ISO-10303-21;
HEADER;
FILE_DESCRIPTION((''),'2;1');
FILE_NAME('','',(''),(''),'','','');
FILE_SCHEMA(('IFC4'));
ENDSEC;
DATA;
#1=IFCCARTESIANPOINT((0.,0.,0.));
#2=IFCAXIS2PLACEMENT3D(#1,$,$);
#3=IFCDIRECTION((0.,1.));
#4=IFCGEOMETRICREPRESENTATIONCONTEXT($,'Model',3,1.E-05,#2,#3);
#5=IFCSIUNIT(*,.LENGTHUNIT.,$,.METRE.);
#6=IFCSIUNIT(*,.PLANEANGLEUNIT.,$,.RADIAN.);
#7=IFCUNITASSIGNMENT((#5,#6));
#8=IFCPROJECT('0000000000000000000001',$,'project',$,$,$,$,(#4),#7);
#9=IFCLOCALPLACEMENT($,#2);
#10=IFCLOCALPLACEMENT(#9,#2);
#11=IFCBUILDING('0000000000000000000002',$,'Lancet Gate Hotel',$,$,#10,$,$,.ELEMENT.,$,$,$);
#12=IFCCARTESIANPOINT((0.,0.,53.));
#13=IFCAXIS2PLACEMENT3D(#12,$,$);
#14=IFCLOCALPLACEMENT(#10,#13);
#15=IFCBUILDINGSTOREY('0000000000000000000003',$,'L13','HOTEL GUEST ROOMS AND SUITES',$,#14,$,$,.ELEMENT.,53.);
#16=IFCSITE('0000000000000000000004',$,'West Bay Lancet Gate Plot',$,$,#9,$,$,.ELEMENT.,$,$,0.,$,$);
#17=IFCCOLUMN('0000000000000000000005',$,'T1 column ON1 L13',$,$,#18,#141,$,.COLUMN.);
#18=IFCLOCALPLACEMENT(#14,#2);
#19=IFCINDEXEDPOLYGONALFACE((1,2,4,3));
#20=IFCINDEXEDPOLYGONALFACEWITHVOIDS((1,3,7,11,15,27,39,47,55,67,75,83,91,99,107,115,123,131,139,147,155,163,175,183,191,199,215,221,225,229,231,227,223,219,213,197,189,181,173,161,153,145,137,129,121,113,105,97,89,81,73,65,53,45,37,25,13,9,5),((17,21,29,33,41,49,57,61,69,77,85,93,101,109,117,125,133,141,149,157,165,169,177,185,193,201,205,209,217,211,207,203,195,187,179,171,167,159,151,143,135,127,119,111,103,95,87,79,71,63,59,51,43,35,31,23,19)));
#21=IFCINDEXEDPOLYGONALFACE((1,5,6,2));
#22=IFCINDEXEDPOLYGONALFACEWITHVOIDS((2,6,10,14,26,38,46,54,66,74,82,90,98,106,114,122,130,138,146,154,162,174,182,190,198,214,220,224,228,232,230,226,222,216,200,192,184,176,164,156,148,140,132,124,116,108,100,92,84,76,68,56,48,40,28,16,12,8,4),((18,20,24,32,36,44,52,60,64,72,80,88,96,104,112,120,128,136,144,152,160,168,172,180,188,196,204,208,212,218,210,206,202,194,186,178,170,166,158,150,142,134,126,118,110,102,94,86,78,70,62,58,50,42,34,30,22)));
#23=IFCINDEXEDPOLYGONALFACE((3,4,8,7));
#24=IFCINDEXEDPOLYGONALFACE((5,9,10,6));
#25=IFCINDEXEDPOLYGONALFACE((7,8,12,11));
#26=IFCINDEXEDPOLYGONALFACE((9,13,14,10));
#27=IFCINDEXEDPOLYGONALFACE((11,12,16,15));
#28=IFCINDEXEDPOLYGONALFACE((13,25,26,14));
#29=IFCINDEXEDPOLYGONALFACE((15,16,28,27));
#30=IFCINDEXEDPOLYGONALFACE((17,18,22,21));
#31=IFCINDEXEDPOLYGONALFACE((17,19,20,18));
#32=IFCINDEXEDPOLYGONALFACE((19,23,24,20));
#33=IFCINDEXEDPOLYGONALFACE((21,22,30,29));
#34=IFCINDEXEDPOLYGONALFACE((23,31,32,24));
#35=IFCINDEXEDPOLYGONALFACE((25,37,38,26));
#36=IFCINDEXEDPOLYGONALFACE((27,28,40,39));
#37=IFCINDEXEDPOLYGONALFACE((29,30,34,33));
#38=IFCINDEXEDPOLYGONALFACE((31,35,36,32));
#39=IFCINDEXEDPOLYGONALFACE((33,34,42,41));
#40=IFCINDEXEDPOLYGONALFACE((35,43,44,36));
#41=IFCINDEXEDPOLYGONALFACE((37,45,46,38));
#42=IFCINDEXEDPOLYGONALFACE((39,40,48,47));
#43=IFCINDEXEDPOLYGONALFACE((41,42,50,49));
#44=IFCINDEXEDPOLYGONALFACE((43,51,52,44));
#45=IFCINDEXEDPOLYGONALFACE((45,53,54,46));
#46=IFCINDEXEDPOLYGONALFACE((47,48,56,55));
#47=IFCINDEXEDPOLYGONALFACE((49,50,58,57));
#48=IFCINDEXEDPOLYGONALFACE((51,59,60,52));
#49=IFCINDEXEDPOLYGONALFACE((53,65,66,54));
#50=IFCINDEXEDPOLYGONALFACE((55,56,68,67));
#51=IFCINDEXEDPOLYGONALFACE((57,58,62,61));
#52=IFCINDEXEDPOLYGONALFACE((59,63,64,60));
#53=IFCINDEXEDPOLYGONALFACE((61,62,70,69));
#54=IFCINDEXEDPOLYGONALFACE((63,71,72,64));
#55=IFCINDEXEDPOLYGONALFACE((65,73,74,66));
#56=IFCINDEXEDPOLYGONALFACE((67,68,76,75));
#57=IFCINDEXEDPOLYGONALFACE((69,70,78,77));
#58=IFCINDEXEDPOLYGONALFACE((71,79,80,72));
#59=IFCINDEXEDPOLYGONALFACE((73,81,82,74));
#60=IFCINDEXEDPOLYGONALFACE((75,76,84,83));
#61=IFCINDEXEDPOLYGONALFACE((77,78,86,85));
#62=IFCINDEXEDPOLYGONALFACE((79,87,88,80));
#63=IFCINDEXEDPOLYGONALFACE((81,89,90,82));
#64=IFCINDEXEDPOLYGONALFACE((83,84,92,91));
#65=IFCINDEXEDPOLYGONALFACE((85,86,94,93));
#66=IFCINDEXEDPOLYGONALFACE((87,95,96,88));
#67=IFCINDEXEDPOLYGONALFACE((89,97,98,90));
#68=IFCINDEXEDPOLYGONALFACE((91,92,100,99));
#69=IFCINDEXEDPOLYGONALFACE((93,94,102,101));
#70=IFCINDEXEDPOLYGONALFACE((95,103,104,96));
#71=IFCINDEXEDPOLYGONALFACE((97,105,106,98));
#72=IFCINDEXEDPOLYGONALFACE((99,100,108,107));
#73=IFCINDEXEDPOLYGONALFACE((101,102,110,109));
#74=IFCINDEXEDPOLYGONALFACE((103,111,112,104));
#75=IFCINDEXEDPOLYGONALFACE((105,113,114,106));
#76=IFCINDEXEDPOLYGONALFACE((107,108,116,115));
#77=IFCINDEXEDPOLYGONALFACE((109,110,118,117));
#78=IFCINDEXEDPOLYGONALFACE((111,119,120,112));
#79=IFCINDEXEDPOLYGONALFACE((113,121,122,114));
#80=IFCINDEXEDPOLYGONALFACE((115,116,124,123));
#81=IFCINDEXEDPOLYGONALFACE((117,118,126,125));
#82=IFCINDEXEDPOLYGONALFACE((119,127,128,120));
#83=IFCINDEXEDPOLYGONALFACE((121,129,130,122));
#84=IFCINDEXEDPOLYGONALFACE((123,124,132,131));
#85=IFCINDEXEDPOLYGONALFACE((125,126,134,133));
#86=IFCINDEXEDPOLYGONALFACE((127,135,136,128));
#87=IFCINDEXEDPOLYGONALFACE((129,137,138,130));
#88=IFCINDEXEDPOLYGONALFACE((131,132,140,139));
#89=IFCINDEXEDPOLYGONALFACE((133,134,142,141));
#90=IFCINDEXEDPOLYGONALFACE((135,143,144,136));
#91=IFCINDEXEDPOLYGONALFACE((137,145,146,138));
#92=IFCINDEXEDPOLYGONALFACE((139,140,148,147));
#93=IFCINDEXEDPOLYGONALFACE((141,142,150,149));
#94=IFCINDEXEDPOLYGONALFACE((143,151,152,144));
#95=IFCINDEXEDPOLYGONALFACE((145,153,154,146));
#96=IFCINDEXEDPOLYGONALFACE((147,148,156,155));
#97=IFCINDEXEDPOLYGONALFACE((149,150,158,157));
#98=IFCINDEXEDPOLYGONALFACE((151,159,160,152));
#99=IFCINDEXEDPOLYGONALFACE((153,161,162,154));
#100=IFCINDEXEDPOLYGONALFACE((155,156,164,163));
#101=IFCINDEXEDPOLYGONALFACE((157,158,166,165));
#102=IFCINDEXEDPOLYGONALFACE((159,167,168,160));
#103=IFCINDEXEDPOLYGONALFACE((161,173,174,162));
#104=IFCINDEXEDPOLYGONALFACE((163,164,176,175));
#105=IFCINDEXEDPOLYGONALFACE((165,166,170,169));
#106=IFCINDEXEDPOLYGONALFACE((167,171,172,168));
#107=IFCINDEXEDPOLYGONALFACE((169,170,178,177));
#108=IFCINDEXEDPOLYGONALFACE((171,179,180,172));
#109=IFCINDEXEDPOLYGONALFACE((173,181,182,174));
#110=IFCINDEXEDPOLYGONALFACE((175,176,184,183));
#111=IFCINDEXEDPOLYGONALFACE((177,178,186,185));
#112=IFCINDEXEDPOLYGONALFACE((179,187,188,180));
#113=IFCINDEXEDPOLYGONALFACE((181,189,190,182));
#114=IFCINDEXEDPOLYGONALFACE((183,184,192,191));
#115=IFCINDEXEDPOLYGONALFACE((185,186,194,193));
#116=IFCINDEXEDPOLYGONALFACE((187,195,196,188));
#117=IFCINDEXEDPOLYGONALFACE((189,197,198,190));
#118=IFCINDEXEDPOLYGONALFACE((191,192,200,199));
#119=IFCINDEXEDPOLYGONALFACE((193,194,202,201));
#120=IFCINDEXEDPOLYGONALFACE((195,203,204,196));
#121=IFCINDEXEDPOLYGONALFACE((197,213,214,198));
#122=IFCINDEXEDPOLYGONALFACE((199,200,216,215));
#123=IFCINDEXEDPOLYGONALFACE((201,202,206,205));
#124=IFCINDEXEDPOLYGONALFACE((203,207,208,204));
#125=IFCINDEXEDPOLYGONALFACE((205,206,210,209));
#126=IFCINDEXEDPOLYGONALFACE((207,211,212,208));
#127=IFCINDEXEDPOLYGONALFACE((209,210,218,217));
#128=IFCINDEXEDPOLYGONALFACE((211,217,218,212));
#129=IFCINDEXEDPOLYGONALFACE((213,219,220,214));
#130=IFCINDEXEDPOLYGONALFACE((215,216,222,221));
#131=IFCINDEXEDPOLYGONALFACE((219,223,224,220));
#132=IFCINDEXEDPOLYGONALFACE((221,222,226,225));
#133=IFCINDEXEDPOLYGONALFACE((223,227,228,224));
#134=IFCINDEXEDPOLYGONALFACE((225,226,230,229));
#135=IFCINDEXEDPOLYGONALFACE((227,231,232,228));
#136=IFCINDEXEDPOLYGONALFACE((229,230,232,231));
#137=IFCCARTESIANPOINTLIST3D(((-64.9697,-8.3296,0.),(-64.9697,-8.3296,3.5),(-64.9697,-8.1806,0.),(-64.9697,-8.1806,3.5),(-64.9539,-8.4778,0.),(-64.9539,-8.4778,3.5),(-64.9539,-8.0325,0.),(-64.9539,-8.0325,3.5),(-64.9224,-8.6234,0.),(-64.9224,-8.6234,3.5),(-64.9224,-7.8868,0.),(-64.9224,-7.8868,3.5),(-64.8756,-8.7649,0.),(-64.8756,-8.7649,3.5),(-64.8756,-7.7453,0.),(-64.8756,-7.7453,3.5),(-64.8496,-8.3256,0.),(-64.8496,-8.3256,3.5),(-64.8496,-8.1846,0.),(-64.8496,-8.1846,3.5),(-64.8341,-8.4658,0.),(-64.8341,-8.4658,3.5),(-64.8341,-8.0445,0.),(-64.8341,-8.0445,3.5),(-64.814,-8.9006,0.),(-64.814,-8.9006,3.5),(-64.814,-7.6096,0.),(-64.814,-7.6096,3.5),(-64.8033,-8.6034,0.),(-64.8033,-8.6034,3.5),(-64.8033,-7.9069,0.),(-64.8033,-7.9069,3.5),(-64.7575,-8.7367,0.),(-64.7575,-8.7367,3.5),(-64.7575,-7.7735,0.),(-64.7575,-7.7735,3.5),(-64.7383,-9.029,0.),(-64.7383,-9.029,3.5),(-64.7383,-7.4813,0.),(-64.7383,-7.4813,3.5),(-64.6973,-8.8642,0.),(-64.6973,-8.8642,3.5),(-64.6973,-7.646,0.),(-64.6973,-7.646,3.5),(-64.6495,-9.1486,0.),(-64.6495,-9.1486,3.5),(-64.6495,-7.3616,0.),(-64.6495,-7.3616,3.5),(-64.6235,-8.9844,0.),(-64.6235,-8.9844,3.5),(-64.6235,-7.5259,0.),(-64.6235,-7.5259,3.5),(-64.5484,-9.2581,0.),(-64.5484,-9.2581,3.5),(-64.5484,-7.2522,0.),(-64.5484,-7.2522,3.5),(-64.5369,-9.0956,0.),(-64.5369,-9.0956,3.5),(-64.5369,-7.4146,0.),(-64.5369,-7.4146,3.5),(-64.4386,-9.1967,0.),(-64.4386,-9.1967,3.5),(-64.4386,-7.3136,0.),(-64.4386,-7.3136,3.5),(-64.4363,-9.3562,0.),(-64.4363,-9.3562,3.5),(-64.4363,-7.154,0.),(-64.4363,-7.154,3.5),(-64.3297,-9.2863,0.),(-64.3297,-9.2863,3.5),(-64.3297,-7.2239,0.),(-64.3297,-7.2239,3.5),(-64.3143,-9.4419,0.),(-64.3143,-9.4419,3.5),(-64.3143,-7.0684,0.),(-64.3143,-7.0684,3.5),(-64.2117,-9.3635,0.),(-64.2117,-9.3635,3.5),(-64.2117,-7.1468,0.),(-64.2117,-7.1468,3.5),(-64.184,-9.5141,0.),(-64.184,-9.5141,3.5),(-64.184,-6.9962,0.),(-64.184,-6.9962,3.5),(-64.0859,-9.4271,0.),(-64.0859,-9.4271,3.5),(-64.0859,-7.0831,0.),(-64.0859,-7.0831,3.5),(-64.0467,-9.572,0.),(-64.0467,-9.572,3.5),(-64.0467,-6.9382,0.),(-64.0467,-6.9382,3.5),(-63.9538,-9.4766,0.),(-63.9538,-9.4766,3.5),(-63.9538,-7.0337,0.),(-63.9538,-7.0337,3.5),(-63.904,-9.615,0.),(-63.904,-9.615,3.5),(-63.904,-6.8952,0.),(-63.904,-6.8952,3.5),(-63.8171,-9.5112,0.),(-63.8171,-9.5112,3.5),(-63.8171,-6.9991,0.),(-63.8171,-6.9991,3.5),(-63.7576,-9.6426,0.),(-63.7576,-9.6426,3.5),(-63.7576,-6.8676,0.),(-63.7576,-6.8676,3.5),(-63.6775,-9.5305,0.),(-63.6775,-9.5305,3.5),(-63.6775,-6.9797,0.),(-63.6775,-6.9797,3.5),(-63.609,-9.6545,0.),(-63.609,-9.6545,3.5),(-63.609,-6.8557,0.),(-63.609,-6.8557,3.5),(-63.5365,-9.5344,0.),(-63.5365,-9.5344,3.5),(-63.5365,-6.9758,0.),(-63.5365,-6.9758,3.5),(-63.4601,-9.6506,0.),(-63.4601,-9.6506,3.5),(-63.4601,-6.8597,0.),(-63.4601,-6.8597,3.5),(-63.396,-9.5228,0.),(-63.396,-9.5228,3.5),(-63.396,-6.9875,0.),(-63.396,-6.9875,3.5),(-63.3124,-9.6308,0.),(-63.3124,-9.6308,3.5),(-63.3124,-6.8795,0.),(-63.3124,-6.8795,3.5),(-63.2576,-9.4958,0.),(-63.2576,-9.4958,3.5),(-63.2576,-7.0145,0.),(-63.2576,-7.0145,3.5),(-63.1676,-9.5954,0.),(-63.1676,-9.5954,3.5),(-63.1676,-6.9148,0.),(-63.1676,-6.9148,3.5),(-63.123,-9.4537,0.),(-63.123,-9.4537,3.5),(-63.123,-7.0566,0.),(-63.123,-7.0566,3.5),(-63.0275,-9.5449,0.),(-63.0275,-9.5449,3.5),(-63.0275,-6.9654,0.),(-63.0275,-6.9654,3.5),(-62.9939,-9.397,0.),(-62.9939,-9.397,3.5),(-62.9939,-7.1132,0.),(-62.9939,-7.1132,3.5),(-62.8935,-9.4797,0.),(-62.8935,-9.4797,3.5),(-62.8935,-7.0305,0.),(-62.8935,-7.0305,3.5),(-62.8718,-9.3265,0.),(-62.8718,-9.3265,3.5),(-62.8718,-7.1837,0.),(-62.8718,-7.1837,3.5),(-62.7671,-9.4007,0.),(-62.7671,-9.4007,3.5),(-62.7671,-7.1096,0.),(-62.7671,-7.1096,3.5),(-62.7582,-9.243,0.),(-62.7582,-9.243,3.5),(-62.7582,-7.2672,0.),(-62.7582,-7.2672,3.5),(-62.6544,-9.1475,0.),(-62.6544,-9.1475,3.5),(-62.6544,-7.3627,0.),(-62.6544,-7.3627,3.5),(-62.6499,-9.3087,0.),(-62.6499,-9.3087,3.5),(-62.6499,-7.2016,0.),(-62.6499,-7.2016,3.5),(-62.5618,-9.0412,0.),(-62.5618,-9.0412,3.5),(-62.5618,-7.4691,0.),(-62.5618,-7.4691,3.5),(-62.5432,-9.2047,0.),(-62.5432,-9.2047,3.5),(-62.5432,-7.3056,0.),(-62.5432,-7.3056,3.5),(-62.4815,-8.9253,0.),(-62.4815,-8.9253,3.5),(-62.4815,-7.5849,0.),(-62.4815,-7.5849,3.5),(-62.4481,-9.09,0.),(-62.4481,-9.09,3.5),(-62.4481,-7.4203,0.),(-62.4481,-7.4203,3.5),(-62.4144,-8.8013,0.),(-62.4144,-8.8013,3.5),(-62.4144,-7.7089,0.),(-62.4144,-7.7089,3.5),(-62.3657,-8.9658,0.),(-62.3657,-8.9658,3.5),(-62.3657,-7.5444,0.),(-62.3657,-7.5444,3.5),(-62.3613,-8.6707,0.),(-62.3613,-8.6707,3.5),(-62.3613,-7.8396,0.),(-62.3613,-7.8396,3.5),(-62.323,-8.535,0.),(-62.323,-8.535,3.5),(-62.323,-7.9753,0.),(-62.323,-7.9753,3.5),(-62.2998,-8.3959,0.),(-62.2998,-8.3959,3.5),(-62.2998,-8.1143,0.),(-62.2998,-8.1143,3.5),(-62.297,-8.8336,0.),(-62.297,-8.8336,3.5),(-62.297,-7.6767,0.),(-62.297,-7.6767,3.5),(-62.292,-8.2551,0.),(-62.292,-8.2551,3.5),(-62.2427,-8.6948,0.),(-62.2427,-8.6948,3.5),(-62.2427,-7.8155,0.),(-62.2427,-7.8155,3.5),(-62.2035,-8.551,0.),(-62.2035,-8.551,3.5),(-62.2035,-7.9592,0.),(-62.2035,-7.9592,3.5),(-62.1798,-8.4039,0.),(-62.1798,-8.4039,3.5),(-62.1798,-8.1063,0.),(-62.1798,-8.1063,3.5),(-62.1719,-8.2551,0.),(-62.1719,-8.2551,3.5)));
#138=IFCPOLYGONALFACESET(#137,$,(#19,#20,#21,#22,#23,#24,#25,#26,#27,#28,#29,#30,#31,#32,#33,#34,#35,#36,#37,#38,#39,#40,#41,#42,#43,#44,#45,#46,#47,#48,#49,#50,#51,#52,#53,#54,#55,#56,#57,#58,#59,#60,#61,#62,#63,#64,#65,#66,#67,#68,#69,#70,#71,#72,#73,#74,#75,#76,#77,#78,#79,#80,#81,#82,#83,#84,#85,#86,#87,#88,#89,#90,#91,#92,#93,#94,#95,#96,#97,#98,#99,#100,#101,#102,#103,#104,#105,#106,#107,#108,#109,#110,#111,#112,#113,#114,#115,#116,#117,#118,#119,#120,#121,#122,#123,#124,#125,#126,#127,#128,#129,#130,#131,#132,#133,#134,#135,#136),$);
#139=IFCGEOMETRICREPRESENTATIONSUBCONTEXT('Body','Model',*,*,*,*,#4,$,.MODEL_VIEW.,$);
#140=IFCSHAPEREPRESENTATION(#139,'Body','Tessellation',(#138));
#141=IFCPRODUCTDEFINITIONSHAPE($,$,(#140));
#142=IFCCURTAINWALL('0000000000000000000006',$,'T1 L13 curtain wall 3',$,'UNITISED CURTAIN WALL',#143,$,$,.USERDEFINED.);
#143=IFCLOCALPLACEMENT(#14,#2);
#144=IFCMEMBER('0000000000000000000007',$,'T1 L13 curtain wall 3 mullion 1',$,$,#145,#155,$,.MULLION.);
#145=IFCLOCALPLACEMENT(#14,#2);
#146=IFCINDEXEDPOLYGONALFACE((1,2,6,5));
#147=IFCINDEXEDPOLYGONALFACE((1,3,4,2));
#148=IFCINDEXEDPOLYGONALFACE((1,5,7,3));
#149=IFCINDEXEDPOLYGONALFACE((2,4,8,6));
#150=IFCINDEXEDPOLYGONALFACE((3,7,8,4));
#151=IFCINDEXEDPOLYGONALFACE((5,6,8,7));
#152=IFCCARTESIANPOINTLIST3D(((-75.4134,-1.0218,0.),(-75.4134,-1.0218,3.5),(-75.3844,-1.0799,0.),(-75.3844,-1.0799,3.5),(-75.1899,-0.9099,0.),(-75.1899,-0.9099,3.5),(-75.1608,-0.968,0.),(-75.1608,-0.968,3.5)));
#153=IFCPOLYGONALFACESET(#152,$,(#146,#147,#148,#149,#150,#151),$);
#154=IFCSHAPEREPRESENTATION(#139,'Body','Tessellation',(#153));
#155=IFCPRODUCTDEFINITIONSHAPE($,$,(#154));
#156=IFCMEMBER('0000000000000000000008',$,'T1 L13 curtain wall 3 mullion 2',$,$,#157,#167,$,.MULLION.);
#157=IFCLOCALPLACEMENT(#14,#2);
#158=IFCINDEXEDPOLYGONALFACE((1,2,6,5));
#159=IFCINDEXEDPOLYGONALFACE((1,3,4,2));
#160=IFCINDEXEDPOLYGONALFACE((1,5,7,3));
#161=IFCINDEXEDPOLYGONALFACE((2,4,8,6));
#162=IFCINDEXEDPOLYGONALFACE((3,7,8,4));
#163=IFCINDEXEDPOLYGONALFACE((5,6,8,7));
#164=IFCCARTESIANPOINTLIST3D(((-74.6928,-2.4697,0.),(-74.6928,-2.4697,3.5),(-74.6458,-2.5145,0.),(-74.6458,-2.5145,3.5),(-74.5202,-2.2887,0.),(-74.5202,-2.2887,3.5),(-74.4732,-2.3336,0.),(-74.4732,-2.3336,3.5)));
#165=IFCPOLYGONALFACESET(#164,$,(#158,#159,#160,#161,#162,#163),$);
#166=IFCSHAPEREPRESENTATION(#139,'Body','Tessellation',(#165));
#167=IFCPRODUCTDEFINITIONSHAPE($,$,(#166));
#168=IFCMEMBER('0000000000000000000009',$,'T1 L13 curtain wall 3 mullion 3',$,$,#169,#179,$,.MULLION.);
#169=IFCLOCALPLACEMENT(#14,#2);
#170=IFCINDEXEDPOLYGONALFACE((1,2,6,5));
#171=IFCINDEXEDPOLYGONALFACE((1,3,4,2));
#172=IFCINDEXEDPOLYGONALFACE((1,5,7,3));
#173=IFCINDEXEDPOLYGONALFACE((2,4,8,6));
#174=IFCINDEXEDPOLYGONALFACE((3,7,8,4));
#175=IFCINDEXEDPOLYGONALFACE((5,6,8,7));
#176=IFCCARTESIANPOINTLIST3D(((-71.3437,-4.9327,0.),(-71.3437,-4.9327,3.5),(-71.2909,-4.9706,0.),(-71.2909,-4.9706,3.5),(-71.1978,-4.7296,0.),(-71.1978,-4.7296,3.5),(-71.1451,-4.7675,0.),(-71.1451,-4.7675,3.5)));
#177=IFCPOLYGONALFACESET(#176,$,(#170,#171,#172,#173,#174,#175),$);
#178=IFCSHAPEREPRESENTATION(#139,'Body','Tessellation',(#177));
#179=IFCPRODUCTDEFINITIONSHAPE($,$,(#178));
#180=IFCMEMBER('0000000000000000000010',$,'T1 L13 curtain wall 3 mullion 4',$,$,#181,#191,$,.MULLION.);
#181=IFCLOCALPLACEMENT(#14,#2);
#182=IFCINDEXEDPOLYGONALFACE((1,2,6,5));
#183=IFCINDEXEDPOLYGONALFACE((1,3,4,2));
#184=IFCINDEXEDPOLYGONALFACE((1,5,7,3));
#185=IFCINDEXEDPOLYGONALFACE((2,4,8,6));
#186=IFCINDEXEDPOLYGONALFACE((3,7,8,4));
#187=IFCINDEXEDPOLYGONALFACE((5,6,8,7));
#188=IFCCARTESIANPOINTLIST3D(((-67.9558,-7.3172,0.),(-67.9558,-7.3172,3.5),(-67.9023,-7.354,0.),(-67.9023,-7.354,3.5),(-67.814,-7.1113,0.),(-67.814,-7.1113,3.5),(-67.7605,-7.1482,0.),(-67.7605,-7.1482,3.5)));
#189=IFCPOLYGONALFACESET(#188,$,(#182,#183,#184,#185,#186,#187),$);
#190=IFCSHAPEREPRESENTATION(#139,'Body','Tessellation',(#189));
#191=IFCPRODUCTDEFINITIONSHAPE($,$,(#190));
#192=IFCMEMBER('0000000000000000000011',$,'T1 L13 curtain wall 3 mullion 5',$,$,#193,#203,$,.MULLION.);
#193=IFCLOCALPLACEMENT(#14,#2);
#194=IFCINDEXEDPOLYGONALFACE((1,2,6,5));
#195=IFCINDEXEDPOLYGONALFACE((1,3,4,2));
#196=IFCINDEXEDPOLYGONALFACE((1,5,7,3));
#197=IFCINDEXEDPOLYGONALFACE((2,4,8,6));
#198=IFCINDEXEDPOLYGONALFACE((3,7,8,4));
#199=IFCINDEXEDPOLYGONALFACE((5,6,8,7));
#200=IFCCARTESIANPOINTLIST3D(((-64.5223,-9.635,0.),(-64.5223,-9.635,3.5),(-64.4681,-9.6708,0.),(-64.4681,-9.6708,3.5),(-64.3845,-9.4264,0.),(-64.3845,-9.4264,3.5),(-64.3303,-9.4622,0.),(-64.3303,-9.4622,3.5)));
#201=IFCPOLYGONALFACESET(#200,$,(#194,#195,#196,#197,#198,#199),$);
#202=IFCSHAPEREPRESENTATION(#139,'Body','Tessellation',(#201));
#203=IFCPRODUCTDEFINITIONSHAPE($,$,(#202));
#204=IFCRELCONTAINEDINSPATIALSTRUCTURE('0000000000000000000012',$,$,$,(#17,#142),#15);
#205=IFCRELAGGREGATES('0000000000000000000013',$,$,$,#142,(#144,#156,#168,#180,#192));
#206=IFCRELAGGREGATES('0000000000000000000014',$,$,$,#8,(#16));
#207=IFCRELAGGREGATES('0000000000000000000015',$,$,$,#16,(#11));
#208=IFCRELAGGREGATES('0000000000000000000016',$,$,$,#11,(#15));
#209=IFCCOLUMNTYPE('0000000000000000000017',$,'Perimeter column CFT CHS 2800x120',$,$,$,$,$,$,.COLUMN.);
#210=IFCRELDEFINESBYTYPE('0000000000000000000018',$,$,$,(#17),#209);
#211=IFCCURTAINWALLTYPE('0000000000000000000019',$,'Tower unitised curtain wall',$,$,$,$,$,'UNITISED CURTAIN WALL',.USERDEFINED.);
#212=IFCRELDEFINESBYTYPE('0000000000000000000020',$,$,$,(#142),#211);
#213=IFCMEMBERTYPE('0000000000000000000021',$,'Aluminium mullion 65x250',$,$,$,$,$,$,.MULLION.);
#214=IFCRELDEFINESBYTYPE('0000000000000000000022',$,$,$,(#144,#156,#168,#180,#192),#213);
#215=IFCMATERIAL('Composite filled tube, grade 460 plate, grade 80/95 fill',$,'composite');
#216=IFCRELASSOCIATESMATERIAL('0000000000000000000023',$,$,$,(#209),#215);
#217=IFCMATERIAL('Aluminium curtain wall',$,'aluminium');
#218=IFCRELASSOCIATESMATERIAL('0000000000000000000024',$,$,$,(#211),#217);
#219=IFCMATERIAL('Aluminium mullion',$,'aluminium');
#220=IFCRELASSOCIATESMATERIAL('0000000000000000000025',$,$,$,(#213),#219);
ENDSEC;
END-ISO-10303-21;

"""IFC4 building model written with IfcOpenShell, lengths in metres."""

from ifc_helpers import new_model, si_unit, direction, frame, origin, origin_2d, place, context, subcontext, project, spatial, rectangle, hollow_circle, extrude, material, material_profile, profile_set, type_object, element, aggregate, save


model = new_model("IFC4")

# Units and contexts
model_context = context("Model", 3, precision=1e-05, world=origin(), true_north=direction((0.0, 1.0)))
body_context = subcontext(model_context, "Body", "Model", "MODEL_VIEW")
ifc_project = project(units=[si_unit("LENGTHUNIT", "METRE"), si_unit("PLANEANGLEUNIT", "RADIAN")], contexts=[model_context])

# Site, building, storey
site_placement = place(None, origin())
site = spatial("IfcSite", under=ifc_project, at=site_placement, Name="West Bay Lancet Gate Plot", CompositionType="ELEMENT", RefElevation=0.0)
building_placement = place(site_placement, origin())
building = spatial("IfcBuilding", under=site, at=building_placement, Name="Lancet Gate Hotel", CompositionType="ELEMENT")
storey_placement = place(building_placement, frame((0.0, 0.0, 53.0)))
storey = spatial("IfcBuildingStorey", under=building, at=storey_placement, Name="L13", Description="HOTEL GUEST ROOMS AND SUITES", CompositionType="ELEMENT", Elevation=53.0)

# Column
ifc_material_1 = material(Name="Composite filled tube, grade 460 plate, grade 80/95 fill", Category="composite")
ifc_material_profile_1 = material_profile(ifc_material_1, hollow_circle(Radius=1.3999, WallThickness=0.1201, at=origin_2d()), Name="CHS 2800x120")
ifc_profile_set_1 = profile_set([ifc_material_profile_1], Name="Composite filled tube, grade 460 plate, grade 80/95 fill")
column_type_1 = type_object("IfcColumnType", Name="Perimeter column CFT CHS 2800x120", PredefinedType="COLUMN", material=ifc_profile_set_1)
column_1_placement = place(storey_placement, frame((-63.5718, -8.2551, 0.0), z_axis=(0.0, 0.0, 1.0), x_axis=(1.0, 0.0, 0.0)))
element("IfcColumn", 1, at=column_1_placement, inside=storey, type_object=column_type_1, Name="T1 column ON1 L13", PredefinedType="COLUMN", context=body_context, shape_type="SweptSolid", body=[
    extrude(hollow_circle(Radius=1.3999, WallThickness=0.1201, at=origin_2d()), origin(), (0.0, 0.0, 1.0), 3.5),
])

# Curtain wall, members
ifc_material_2 = material(Name="Aluminium curtain wall", Category="aluminium")
curtain_wall_type = type_object("IfcCurtainWallType", Name="Tower unitised curtain wall", ElementType="UNITISED CURTAIN WALL", PredefinedType="USERDEFINED", material=ifc_material_2)
curtain_wall_placement = place(storey_placement, origin())
curtain_wall = element("IfcCurtainWall", 2, at=curtain_wall_placement, inside=storey, type_object=curtain_wall_type, Name="T1 L13 curtain wall 3", ObjectType="UNITISED CURTAIN WALL", PredefinedType="USERDEFINED")
ifc_material_3 = material(Name="Aluminium mullion", Category="aluminium")
ifc_material_profile_2 = material_profile(ifc_material_3, rectangle(XDim=0.0649, YDim=0.25, at=origin_2d()), Name="MULLION 65x250")
ifc_profile_set_2 = profile_set([ifc_material_profile_2], Name="Aluminium mullion")
member_type_1 = type_object("IfcMemberType", Name="Aluminium mullion 65x250", PredefinedType="MULLION", material=ifc_profile_set_2)
member_1_placement = place(storey_placement, frame((-75.2871, -0.9949, 0.0), z_axis=(0.0, 0.0, 1.0), x_axis=(0.447628, -0.89422, 0.0)))
member_1 = element("IfcMember", 3, at=member_1_placement, type_object=member_type_1, Name="T1 L13 curtain wall 3 mullion 1", PredefinedType="MULLION", context=body_context, shape_type="SweptSolid", body=[
    extrude(rectangle(XDim=0.0649, YDim=0.25, at=origin_2d()), origin(), (0.0, 0.0, 1.0), 3.5),
])
member_2_placement = place(storey_placement, frame((-74.583, -2.4016, 0.0), z_axis=(0.0, 0.0, 1.0), x_axis=(0.723696, -0.690119, 0.0)))
member_2 = element("IfcMember", 4, at=member_2_placement, type_object=member_type_1, Name="T1 L13 curtain wall 3 mullion 2", PredefinedType="MULLION", context=body_context, shape_type="SweptSolid", body=[
    extrude(rectangle(XDim=0.0649, YDim=0.25, at=origin_2d()), origin(), (0.0, 0.0, 1.0), 3.5),
])
member_3_placement = place(storey_placement, frame((-71.2444, -4.8501, 0.0), z_axis=(0.0, 0.0, 1.0), x_axis=(0.812147, -0.583453, 0.0)))
member_3 = element("IfcMember", 5, at=member_3_placement, type_object=member_type_1, Name="T1 L13 curtain wall 3 mullion 3", PredefinedType="MULLION", context=body_context, shape_type="SweptSolid", body=[
    extrude(rectangle(XDim=0.0649, YDim=0.25, at=origin_2d()), origin(), (0.0, 0.0, 1.0), 3.5),
])
member_4_placement = place(storey_placement, frame((-67.8582, -7.2327, 0.0), z_axis=(0.0, 0.0, 1.0), x_axis=(0.823425, -0.567425, 0.0)))
member_4 = element("IfcMember", 6, at=member_4_placement, type_object=member_type_1, Name="T1 L13 curtain wall 3 mullion 4", PredefinedType="MULLION", context=body_context, shape_type="SweptSolid", body=[
    extrude(rectangle(XDim=0.0649, YDim=0.25, at=origin_2d()), origin(), (0.0, 0.0, 1.0), 3.5),
])
member_5_placement = place(storey_placement, frame((-64.4263, -9.5486, 0.0), z_axis=(0.0, 0.0, 1.0), x_axis=(0.834387, -0.551178, 0.0)))
member_5 = element("IfcMember", 7, at=member_5_placement, type_object=member_type_1, Name="T1 L13 curtain wall 3 mullion 5", PredefinedType="MULLION", context=body_context, shape_type="SweptSolid", body=[
    extrude(rectangle(XDim=0.0649, YDim=0.25, at=origin_2d()), origin(), (0.0, 0.0, 1.0), 3.5),
])

aggregate(curtain_wall, [member_1, member_2, member_3, member_4, member_5])

save(model, "model.ifc")
